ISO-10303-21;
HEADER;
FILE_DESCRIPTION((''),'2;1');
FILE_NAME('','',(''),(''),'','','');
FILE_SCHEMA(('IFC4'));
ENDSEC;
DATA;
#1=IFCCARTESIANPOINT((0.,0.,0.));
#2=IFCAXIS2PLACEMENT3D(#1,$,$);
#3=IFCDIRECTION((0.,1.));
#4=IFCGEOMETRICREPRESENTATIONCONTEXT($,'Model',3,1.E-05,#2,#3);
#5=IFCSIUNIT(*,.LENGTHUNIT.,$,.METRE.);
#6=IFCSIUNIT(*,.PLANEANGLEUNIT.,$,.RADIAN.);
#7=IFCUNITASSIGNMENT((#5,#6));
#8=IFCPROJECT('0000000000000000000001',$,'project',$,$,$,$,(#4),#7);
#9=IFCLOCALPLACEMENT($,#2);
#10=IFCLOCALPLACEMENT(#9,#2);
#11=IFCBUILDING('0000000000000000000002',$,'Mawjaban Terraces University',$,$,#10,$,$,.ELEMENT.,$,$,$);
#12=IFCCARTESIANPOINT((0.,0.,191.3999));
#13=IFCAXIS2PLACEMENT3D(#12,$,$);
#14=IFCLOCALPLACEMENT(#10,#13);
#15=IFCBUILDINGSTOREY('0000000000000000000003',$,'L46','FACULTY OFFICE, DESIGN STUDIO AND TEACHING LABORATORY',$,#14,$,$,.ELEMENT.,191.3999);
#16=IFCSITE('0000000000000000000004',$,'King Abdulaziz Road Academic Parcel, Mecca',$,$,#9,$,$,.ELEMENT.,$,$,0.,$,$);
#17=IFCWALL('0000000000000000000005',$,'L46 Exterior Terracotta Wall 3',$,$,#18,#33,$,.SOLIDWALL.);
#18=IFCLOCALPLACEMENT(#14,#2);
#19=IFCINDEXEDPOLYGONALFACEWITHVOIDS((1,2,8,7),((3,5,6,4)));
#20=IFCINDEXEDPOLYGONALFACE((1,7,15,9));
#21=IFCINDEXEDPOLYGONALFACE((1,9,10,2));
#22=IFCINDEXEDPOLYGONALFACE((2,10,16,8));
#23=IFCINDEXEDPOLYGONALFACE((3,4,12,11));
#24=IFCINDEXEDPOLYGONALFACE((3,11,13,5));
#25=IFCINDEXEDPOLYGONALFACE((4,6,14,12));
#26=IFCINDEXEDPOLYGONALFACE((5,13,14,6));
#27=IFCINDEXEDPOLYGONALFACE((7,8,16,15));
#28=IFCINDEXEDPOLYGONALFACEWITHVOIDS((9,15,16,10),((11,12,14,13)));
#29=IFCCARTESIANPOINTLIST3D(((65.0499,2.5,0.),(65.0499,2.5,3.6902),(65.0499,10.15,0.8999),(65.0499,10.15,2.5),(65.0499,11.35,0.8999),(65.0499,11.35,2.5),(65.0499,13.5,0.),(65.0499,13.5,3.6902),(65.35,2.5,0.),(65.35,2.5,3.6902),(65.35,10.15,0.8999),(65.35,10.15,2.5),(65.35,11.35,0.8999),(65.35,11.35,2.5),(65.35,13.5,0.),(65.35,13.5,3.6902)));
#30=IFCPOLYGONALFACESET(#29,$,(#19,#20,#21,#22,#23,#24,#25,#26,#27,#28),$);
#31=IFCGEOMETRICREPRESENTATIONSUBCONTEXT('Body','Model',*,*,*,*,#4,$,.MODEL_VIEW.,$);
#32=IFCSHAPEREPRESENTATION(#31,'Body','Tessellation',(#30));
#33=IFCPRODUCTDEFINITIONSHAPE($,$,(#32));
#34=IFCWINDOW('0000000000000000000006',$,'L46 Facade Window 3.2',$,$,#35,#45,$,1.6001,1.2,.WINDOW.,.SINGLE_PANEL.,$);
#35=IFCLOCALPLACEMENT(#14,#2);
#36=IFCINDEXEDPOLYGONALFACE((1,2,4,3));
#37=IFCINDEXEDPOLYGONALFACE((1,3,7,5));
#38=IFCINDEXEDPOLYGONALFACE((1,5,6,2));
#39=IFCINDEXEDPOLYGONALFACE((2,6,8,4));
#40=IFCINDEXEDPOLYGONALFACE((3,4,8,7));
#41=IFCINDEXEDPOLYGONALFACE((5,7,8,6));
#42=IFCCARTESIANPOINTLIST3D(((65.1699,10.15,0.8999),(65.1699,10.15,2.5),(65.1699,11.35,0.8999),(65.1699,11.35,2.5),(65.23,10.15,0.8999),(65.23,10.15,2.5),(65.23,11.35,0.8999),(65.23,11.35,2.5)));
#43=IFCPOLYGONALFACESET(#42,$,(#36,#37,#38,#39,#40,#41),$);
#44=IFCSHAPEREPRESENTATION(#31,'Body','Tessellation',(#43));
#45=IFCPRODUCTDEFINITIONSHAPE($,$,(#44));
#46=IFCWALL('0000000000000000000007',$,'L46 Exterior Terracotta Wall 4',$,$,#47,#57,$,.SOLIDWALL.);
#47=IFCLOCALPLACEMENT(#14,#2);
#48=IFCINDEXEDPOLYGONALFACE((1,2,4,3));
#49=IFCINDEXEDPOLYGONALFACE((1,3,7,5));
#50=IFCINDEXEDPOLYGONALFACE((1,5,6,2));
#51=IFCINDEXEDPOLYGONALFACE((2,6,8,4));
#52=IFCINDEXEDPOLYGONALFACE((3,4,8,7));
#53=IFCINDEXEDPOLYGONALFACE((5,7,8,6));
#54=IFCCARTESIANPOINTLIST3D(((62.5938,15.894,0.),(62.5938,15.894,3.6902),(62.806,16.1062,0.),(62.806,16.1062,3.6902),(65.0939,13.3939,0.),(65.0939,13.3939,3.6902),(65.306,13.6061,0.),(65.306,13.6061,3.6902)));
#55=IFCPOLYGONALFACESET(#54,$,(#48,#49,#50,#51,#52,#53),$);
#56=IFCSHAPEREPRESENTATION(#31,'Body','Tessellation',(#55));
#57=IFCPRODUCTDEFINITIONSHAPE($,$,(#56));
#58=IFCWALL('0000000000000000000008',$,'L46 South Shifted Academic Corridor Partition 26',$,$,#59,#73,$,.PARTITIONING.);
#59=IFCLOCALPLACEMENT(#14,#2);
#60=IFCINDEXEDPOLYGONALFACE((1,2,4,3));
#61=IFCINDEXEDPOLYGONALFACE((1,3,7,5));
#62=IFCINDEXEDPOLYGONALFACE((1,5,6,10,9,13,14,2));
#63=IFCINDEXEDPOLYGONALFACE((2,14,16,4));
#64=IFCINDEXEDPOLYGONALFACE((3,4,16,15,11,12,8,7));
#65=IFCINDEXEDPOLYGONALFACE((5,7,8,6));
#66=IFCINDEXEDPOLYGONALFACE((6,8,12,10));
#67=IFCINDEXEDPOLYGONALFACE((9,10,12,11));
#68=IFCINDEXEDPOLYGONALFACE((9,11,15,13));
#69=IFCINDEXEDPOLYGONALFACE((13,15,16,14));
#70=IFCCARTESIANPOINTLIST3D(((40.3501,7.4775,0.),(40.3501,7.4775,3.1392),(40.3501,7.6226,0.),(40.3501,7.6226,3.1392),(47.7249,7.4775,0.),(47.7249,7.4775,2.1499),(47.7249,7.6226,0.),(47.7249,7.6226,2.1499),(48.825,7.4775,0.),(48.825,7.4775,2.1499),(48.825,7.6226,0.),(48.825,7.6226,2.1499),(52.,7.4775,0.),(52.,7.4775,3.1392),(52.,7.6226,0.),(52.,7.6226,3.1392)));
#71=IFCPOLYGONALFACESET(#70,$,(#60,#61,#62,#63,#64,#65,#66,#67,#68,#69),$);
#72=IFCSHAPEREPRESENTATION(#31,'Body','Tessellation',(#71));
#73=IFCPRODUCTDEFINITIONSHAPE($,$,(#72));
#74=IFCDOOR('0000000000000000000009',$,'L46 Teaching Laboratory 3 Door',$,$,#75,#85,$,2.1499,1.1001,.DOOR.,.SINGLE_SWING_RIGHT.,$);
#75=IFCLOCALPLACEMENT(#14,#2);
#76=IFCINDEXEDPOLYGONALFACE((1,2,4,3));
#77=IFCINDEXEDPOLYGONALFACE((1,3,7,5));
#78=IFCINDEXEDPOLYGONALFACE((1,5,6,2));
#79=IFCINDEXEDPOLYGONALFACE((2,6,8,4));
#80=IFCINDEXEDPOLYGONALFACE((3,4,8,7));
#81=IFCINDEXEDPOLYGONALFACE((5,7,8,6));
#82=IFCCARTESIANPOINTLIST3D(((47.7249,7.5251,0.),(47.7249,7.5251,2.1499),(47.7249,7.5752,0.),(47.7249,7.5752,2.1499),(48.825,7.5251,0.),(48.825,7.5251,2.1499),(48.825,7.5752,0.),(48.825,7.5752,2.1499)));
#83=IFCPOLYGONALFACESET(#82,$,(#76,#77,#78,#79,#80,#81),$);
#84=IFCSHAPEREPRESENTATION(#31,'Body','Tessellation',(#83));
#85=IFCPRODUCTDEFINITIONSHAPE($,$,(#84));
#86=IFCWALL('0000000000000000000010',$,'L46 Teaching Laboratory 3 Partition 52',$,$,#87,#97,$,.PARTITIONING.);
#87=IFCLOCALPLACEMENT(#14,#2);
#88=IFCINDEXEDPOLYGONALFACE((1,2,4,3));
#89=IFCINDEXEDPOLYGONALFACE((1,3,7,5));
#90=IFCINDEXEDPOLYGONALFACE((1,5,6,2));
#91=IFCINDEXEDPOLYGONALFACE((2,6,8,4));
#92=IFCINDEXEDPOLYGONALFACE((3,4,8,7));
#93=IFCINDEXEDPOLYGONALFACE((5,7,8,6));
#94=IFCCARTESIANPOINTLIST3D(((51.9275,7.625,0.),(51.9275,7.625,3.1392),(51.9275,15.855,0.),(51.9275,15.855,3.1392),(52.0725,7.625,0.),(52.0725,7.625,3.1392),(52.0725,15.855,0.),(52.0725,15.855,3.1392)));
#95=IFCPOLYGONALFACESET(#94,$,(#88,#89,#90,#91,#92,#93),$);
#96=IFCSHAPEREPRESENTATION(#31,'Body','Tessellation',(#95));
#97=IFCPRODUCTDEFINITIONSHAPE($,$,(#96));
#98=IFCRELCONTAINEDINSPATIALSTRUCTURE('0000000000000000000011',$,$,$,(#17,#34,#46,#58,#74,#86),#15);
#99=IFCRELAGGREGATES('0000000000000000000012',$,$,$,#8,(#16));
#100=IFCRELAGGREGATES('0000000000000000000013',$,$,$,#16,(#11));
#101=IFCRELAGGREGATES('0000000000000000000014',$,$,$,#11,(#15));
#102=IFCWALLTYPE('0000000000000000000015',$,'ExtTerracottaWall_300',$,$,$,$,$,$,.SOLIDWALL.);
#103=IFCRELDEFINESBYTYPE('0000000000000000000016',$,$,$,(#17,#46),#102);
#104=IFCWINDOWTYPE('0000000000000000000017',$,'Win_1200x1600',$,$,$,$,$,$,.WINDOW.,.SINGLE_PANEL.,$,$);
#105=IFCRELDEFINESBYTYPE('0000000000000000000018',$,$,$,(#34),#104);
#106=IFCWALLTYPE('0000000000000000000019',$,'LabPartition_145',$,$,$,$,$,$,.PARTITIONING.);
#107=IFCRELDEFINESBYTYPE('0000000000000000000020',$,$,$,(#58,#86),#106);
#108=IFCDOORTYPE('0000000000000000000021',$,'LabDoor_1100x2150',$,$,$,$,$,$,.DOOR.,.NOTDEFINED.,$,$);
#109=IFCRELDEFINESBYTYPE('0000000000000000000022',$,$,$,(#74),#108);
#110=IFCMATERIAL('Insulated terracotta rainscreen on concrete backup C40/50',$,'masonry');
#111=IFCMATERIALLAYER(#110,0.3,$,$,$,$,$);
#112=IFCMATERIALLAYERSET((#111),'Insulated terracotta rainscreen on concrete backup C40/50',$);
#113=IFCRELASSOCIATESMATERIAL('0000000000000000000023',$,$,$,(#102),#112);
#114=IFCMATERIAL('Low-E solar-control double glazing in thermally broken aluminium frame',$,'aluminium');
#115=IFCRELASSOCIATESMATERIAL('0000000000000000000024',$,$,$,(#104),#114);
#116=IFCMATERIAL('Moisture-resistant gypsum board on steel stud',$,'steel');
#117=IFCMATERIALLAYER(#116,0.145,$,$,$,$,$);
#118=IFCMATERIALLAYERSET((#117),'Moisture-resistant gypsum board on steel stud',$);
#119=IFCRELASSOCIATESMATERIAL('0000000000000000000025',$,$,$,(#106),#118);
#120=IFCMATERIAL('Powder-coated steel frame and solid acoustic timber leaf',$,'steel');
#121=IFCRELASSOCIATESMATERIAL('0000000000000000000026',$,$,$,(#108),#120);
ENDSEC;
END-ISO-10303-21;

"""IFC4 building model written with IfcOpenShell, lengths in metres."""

from ifc_helpers import new_model, si_unit, direction, frame, frame_2d, origin, place, context, subcontext, project, spatial, rectangle, extrude, material, layer, layer_set, type_object, element, fill, save


model = new_model("IFC4")

# Units and contexts
model_context = context("Model", 3, precision=1e-05, world=origin(), true_north=direction((0.0, 1.0)))
body_context = subcontext(model_context, "Body", "Model", "MODEL_VIEW")
ifc_project = project(units=[si_unit("LENGTHUNIT", "METRE"), si_unit("PLANEANGLEUNIT", "RADIAN")], contexts=[model_context])

# Site, building, storey
site_placement = place(None, origin())
site = spatial("IfcSite", under=ifc_project, at=site_placement, Name="King Abdulaziz Road Academic Parcel, Mecca", CompositionType="ELEMENT", RefElevation=0.0)
building_placement = place(site_placement, origin())
building = spatial("IfcBuilding", under=site, at=building_placement, Name="Mawjaban Terraces University", CompositionType="ELEMENT")
storey_placement = place(building_placement, frame((0.0, 0.0, 191.3999)))
storey = spatial("IfcBuildingStorey", under=building, at=storey_placement, Name="L46", Description="FACULTY OFFICE, DESIGN STUDIO AND TEACHING LABORATORY", CompositionType="ELEMENT", Elevation=191.3999)

# Shared definitions
ifc_material_1 = material(Name="Powder-coated steel frame and solid acoustic timber leaf", Category="steel")

# Shared definitions
ifc_material_2 = material(Name="Insulated terracotta rainscreen on concrete backup C40/50", Category="masonry")
ifc_layer_1 = layer(ifc_material_2, 0.3)
ifc_layer_set_1 = layer_set([ifc_layer_1], Name="Insulated terracotta rainscreen on concrete backup C40/50")
wall_type_1 = type_object("IfcWallType", Name="ExtTerracottaWall_300", PredefinedType="SOLIDWALL", material=ifc_layer_set_1)

# Wall, opening, window
wall_1_placement = place(storey_placement, frame((65.2, 2.5, 0.0), z_axis=(0.0, 0.0, 1.0), x_axis=(0.0, 1.0, 0.0)))
wall_1 = element("IfcWall", 1, at=wall_1_placement, inside=storey, type_object=wall_type_1, Name="L46 Exterior Terracotta Wall 3", PredefinedType="SOLIDWALL", context=body_context, shape_type="SweptSolid", body=[
    extrude(rectangle(XDim=11.0, YDim=0.3, at=frame_2d((5.5, 0.0))), origin(), (0.0, 0.0, 1.0), 3.6902),
])
opening_1_placement = place(wall_1_placement, frame((7.6499, 0.0, 0.8999)))
opening_1 = element("IfcOpeningElement", 2, at=opening_1_placement, cuts=wall_1, PredefinedType="OPENING", context=body_context, shape_type="SweptSolid", body=[
    extrude(rectangle(XDim=1.2, YDim=1.6001, at=frame_2d((0.6001, 0.8))), frame((0.0, 0.1599, 0.0), z_axis=(0.0, -1.0, 0.0), x_axis=(1.0, 0.0, 0.0)), (0.0, 0.0, 1.0), 0.3201),
])
ifc_material_3 = material(Name="Low-E solar-control double glazing in thermally broken aluminium frame", Category="aluminium")
window_type = type_object("IfcWindowType", Name="Win_1200x1600", PartitioningType="SINGLE_PANEL", PredefinedType="WINDOW", material=ifc_material_3)
window_placement = place(opening_1_placement, origin())
window = element("IfcWindow", 3, at=window_placement, inside=storey, type_object=window_type, Name="L46 Facade Window 3.2", OverallHeight=1.6001, OverallWidth=1.2, PartitioningType="SINGLE_PANEL", PredefinedType="WINDOW", context=body_context, shape_type="SweptSolid", body=[
    extrude(rectangle(XDim=1.2, YDim=1.6001, at=frame_2d((0.6001, 0.8))), frame((0.0, 0.03, 0.0), z_axis=(0.0, -1.0, 0.0), x_axis=(1.0, 0.0, 0.0)), (0.0, 0.0, 1.0), 0.0601),
])
fill(opening_1, window)

# Wall
wall_2_placement = place(storey_placement, frame((65.2, 13.5, 0.0), z_axis=(0.0, 0.0, 1.0), x_axis=(-0.707107, 0.707107, 0.0)))
element("IfcWall", 4, at=wall_2_placement, inside=storey, type_object=wall_type_1, Name="L46 Exterior Terracotta Wall 4", PredefinedType="SOLIDWALL", context=body_context, shape_type="SweptSolid", body=[
    extrude(rectangle(XDim=3.5356, YDim=0.3, at=frame_2d((1.7678, 0.0))), origin(), (0.0, 0.0, 1.0), 3.6902),
])

# Wall, opening, door
ifc_material_4 = material(Name="Moisture-resistant gypsum board on steel stud", Category="steel")
ifc_layer_2 = layer(ifc_material_4, 0.145)
ifc_layer_set_2 = layer_set([ifc_layer_2], Name="Moisture-resistant gypsum board on steel stud")
wall_type_2 = type_object("IfcWallType", Name="LabPartition_145", PredefinedType="PARTITIONING", material=ifc_layer_set_2)
wall_3_placement = place(storey_placement, frame((52.0, 7.55, 0.0), z_axis=(0.0, 0.0, 1.0), x_axis=(-1.0, 0.0, 0.0)))
wall_3 = element("IfcWall", 5, at=wall_3_placement, inside=storey, type_object=wall_type_2, Name="L46 South Shifted Academic Corridor Partition 26", PredefinedType="PARTITIONING", context=body_context, shape_type="SweptSolid", body=[
    extrude(rectangle(XDim=11.6499, YDim=0.145, at=frame_2d((5.825, 0.0))), origin(), (0.0, 0.0, 1.0), 3.1392),
])
opening_2_placement = place(wall_3_placement, frame((3.175, 0.0, 0.0)))
opening_2 = element("IfcOpeningElement", 6, at=opening_2_placement, cuts=wall_3, PredefinedType="OPENING", context=body_context, shape_type="SweptSolid", body=[
    extrude(rectangle(XDim=1.1001, YDim=2.1499, at=frame_2d((0.55, 1.075))), frame((0.0, 0.0825, 0.0), z_axis=(0.0, -1.0, 0.0), x_axis=(1.0, 0.0, 0.0)), (0.0, 0.0, 1.0), 0.165),
])
door_type_1 = type_object("IfcDoorType", Name="LabDoor_1100x2150", OperationType="NOTDEFINED", PredefinedType="DOOR", material=ifc_material_1)
door_1_placement = place(opening_2_placement, origin())
door_1 = element("IfcDoor", 7, at=door_1_placement, inside=storey, type_object=door_type_1, Name="L46 Teaching Laboratory 3 Door", OperationType="SINGLE_SWING_RIGHT", OverallHeight=2.1499, OverallWidth=1.1001, PredefinedType="DOOR", context=body_context, shape_type="SweptSolid", body=[
    extrude(rectangle(XDim=1.1001, YDim=2.1499, at=frame_2d((0.55, 1.075))), frame((0.0, 0.0249, 0.0), z_axis=(0.0, -1.0, 0.0), x_axis=(1.0, 0.0, 0.0)), (0.0, 0.0, 1.0), 0.05),
])
fill(opening_2, door_1)

# Wall
wall_4_placement = place(storey_placement, frame((52.0, 7.625, 0.0), z_axis=(0.0, 0.0, 1.0), x_axis=(0.0, 1.0, 0.0)))
element("IfcWall", 8, at=wall_4_placement, inside=storey, type_object=wall_type_2, Name="L46 Teaching Laboratory 3 Partition 52", PredefinedType="PARTITIONING", context=body_context, shape_type="SweptSolid", body=[
    extrude(rectangle(XDim=8.23, YDim=0.145, at=frame_2d((4.115, 0.0))), origin(), (0.0, 0.0, 1.0), 3.1392),
])

save(model, "model.ifc")
